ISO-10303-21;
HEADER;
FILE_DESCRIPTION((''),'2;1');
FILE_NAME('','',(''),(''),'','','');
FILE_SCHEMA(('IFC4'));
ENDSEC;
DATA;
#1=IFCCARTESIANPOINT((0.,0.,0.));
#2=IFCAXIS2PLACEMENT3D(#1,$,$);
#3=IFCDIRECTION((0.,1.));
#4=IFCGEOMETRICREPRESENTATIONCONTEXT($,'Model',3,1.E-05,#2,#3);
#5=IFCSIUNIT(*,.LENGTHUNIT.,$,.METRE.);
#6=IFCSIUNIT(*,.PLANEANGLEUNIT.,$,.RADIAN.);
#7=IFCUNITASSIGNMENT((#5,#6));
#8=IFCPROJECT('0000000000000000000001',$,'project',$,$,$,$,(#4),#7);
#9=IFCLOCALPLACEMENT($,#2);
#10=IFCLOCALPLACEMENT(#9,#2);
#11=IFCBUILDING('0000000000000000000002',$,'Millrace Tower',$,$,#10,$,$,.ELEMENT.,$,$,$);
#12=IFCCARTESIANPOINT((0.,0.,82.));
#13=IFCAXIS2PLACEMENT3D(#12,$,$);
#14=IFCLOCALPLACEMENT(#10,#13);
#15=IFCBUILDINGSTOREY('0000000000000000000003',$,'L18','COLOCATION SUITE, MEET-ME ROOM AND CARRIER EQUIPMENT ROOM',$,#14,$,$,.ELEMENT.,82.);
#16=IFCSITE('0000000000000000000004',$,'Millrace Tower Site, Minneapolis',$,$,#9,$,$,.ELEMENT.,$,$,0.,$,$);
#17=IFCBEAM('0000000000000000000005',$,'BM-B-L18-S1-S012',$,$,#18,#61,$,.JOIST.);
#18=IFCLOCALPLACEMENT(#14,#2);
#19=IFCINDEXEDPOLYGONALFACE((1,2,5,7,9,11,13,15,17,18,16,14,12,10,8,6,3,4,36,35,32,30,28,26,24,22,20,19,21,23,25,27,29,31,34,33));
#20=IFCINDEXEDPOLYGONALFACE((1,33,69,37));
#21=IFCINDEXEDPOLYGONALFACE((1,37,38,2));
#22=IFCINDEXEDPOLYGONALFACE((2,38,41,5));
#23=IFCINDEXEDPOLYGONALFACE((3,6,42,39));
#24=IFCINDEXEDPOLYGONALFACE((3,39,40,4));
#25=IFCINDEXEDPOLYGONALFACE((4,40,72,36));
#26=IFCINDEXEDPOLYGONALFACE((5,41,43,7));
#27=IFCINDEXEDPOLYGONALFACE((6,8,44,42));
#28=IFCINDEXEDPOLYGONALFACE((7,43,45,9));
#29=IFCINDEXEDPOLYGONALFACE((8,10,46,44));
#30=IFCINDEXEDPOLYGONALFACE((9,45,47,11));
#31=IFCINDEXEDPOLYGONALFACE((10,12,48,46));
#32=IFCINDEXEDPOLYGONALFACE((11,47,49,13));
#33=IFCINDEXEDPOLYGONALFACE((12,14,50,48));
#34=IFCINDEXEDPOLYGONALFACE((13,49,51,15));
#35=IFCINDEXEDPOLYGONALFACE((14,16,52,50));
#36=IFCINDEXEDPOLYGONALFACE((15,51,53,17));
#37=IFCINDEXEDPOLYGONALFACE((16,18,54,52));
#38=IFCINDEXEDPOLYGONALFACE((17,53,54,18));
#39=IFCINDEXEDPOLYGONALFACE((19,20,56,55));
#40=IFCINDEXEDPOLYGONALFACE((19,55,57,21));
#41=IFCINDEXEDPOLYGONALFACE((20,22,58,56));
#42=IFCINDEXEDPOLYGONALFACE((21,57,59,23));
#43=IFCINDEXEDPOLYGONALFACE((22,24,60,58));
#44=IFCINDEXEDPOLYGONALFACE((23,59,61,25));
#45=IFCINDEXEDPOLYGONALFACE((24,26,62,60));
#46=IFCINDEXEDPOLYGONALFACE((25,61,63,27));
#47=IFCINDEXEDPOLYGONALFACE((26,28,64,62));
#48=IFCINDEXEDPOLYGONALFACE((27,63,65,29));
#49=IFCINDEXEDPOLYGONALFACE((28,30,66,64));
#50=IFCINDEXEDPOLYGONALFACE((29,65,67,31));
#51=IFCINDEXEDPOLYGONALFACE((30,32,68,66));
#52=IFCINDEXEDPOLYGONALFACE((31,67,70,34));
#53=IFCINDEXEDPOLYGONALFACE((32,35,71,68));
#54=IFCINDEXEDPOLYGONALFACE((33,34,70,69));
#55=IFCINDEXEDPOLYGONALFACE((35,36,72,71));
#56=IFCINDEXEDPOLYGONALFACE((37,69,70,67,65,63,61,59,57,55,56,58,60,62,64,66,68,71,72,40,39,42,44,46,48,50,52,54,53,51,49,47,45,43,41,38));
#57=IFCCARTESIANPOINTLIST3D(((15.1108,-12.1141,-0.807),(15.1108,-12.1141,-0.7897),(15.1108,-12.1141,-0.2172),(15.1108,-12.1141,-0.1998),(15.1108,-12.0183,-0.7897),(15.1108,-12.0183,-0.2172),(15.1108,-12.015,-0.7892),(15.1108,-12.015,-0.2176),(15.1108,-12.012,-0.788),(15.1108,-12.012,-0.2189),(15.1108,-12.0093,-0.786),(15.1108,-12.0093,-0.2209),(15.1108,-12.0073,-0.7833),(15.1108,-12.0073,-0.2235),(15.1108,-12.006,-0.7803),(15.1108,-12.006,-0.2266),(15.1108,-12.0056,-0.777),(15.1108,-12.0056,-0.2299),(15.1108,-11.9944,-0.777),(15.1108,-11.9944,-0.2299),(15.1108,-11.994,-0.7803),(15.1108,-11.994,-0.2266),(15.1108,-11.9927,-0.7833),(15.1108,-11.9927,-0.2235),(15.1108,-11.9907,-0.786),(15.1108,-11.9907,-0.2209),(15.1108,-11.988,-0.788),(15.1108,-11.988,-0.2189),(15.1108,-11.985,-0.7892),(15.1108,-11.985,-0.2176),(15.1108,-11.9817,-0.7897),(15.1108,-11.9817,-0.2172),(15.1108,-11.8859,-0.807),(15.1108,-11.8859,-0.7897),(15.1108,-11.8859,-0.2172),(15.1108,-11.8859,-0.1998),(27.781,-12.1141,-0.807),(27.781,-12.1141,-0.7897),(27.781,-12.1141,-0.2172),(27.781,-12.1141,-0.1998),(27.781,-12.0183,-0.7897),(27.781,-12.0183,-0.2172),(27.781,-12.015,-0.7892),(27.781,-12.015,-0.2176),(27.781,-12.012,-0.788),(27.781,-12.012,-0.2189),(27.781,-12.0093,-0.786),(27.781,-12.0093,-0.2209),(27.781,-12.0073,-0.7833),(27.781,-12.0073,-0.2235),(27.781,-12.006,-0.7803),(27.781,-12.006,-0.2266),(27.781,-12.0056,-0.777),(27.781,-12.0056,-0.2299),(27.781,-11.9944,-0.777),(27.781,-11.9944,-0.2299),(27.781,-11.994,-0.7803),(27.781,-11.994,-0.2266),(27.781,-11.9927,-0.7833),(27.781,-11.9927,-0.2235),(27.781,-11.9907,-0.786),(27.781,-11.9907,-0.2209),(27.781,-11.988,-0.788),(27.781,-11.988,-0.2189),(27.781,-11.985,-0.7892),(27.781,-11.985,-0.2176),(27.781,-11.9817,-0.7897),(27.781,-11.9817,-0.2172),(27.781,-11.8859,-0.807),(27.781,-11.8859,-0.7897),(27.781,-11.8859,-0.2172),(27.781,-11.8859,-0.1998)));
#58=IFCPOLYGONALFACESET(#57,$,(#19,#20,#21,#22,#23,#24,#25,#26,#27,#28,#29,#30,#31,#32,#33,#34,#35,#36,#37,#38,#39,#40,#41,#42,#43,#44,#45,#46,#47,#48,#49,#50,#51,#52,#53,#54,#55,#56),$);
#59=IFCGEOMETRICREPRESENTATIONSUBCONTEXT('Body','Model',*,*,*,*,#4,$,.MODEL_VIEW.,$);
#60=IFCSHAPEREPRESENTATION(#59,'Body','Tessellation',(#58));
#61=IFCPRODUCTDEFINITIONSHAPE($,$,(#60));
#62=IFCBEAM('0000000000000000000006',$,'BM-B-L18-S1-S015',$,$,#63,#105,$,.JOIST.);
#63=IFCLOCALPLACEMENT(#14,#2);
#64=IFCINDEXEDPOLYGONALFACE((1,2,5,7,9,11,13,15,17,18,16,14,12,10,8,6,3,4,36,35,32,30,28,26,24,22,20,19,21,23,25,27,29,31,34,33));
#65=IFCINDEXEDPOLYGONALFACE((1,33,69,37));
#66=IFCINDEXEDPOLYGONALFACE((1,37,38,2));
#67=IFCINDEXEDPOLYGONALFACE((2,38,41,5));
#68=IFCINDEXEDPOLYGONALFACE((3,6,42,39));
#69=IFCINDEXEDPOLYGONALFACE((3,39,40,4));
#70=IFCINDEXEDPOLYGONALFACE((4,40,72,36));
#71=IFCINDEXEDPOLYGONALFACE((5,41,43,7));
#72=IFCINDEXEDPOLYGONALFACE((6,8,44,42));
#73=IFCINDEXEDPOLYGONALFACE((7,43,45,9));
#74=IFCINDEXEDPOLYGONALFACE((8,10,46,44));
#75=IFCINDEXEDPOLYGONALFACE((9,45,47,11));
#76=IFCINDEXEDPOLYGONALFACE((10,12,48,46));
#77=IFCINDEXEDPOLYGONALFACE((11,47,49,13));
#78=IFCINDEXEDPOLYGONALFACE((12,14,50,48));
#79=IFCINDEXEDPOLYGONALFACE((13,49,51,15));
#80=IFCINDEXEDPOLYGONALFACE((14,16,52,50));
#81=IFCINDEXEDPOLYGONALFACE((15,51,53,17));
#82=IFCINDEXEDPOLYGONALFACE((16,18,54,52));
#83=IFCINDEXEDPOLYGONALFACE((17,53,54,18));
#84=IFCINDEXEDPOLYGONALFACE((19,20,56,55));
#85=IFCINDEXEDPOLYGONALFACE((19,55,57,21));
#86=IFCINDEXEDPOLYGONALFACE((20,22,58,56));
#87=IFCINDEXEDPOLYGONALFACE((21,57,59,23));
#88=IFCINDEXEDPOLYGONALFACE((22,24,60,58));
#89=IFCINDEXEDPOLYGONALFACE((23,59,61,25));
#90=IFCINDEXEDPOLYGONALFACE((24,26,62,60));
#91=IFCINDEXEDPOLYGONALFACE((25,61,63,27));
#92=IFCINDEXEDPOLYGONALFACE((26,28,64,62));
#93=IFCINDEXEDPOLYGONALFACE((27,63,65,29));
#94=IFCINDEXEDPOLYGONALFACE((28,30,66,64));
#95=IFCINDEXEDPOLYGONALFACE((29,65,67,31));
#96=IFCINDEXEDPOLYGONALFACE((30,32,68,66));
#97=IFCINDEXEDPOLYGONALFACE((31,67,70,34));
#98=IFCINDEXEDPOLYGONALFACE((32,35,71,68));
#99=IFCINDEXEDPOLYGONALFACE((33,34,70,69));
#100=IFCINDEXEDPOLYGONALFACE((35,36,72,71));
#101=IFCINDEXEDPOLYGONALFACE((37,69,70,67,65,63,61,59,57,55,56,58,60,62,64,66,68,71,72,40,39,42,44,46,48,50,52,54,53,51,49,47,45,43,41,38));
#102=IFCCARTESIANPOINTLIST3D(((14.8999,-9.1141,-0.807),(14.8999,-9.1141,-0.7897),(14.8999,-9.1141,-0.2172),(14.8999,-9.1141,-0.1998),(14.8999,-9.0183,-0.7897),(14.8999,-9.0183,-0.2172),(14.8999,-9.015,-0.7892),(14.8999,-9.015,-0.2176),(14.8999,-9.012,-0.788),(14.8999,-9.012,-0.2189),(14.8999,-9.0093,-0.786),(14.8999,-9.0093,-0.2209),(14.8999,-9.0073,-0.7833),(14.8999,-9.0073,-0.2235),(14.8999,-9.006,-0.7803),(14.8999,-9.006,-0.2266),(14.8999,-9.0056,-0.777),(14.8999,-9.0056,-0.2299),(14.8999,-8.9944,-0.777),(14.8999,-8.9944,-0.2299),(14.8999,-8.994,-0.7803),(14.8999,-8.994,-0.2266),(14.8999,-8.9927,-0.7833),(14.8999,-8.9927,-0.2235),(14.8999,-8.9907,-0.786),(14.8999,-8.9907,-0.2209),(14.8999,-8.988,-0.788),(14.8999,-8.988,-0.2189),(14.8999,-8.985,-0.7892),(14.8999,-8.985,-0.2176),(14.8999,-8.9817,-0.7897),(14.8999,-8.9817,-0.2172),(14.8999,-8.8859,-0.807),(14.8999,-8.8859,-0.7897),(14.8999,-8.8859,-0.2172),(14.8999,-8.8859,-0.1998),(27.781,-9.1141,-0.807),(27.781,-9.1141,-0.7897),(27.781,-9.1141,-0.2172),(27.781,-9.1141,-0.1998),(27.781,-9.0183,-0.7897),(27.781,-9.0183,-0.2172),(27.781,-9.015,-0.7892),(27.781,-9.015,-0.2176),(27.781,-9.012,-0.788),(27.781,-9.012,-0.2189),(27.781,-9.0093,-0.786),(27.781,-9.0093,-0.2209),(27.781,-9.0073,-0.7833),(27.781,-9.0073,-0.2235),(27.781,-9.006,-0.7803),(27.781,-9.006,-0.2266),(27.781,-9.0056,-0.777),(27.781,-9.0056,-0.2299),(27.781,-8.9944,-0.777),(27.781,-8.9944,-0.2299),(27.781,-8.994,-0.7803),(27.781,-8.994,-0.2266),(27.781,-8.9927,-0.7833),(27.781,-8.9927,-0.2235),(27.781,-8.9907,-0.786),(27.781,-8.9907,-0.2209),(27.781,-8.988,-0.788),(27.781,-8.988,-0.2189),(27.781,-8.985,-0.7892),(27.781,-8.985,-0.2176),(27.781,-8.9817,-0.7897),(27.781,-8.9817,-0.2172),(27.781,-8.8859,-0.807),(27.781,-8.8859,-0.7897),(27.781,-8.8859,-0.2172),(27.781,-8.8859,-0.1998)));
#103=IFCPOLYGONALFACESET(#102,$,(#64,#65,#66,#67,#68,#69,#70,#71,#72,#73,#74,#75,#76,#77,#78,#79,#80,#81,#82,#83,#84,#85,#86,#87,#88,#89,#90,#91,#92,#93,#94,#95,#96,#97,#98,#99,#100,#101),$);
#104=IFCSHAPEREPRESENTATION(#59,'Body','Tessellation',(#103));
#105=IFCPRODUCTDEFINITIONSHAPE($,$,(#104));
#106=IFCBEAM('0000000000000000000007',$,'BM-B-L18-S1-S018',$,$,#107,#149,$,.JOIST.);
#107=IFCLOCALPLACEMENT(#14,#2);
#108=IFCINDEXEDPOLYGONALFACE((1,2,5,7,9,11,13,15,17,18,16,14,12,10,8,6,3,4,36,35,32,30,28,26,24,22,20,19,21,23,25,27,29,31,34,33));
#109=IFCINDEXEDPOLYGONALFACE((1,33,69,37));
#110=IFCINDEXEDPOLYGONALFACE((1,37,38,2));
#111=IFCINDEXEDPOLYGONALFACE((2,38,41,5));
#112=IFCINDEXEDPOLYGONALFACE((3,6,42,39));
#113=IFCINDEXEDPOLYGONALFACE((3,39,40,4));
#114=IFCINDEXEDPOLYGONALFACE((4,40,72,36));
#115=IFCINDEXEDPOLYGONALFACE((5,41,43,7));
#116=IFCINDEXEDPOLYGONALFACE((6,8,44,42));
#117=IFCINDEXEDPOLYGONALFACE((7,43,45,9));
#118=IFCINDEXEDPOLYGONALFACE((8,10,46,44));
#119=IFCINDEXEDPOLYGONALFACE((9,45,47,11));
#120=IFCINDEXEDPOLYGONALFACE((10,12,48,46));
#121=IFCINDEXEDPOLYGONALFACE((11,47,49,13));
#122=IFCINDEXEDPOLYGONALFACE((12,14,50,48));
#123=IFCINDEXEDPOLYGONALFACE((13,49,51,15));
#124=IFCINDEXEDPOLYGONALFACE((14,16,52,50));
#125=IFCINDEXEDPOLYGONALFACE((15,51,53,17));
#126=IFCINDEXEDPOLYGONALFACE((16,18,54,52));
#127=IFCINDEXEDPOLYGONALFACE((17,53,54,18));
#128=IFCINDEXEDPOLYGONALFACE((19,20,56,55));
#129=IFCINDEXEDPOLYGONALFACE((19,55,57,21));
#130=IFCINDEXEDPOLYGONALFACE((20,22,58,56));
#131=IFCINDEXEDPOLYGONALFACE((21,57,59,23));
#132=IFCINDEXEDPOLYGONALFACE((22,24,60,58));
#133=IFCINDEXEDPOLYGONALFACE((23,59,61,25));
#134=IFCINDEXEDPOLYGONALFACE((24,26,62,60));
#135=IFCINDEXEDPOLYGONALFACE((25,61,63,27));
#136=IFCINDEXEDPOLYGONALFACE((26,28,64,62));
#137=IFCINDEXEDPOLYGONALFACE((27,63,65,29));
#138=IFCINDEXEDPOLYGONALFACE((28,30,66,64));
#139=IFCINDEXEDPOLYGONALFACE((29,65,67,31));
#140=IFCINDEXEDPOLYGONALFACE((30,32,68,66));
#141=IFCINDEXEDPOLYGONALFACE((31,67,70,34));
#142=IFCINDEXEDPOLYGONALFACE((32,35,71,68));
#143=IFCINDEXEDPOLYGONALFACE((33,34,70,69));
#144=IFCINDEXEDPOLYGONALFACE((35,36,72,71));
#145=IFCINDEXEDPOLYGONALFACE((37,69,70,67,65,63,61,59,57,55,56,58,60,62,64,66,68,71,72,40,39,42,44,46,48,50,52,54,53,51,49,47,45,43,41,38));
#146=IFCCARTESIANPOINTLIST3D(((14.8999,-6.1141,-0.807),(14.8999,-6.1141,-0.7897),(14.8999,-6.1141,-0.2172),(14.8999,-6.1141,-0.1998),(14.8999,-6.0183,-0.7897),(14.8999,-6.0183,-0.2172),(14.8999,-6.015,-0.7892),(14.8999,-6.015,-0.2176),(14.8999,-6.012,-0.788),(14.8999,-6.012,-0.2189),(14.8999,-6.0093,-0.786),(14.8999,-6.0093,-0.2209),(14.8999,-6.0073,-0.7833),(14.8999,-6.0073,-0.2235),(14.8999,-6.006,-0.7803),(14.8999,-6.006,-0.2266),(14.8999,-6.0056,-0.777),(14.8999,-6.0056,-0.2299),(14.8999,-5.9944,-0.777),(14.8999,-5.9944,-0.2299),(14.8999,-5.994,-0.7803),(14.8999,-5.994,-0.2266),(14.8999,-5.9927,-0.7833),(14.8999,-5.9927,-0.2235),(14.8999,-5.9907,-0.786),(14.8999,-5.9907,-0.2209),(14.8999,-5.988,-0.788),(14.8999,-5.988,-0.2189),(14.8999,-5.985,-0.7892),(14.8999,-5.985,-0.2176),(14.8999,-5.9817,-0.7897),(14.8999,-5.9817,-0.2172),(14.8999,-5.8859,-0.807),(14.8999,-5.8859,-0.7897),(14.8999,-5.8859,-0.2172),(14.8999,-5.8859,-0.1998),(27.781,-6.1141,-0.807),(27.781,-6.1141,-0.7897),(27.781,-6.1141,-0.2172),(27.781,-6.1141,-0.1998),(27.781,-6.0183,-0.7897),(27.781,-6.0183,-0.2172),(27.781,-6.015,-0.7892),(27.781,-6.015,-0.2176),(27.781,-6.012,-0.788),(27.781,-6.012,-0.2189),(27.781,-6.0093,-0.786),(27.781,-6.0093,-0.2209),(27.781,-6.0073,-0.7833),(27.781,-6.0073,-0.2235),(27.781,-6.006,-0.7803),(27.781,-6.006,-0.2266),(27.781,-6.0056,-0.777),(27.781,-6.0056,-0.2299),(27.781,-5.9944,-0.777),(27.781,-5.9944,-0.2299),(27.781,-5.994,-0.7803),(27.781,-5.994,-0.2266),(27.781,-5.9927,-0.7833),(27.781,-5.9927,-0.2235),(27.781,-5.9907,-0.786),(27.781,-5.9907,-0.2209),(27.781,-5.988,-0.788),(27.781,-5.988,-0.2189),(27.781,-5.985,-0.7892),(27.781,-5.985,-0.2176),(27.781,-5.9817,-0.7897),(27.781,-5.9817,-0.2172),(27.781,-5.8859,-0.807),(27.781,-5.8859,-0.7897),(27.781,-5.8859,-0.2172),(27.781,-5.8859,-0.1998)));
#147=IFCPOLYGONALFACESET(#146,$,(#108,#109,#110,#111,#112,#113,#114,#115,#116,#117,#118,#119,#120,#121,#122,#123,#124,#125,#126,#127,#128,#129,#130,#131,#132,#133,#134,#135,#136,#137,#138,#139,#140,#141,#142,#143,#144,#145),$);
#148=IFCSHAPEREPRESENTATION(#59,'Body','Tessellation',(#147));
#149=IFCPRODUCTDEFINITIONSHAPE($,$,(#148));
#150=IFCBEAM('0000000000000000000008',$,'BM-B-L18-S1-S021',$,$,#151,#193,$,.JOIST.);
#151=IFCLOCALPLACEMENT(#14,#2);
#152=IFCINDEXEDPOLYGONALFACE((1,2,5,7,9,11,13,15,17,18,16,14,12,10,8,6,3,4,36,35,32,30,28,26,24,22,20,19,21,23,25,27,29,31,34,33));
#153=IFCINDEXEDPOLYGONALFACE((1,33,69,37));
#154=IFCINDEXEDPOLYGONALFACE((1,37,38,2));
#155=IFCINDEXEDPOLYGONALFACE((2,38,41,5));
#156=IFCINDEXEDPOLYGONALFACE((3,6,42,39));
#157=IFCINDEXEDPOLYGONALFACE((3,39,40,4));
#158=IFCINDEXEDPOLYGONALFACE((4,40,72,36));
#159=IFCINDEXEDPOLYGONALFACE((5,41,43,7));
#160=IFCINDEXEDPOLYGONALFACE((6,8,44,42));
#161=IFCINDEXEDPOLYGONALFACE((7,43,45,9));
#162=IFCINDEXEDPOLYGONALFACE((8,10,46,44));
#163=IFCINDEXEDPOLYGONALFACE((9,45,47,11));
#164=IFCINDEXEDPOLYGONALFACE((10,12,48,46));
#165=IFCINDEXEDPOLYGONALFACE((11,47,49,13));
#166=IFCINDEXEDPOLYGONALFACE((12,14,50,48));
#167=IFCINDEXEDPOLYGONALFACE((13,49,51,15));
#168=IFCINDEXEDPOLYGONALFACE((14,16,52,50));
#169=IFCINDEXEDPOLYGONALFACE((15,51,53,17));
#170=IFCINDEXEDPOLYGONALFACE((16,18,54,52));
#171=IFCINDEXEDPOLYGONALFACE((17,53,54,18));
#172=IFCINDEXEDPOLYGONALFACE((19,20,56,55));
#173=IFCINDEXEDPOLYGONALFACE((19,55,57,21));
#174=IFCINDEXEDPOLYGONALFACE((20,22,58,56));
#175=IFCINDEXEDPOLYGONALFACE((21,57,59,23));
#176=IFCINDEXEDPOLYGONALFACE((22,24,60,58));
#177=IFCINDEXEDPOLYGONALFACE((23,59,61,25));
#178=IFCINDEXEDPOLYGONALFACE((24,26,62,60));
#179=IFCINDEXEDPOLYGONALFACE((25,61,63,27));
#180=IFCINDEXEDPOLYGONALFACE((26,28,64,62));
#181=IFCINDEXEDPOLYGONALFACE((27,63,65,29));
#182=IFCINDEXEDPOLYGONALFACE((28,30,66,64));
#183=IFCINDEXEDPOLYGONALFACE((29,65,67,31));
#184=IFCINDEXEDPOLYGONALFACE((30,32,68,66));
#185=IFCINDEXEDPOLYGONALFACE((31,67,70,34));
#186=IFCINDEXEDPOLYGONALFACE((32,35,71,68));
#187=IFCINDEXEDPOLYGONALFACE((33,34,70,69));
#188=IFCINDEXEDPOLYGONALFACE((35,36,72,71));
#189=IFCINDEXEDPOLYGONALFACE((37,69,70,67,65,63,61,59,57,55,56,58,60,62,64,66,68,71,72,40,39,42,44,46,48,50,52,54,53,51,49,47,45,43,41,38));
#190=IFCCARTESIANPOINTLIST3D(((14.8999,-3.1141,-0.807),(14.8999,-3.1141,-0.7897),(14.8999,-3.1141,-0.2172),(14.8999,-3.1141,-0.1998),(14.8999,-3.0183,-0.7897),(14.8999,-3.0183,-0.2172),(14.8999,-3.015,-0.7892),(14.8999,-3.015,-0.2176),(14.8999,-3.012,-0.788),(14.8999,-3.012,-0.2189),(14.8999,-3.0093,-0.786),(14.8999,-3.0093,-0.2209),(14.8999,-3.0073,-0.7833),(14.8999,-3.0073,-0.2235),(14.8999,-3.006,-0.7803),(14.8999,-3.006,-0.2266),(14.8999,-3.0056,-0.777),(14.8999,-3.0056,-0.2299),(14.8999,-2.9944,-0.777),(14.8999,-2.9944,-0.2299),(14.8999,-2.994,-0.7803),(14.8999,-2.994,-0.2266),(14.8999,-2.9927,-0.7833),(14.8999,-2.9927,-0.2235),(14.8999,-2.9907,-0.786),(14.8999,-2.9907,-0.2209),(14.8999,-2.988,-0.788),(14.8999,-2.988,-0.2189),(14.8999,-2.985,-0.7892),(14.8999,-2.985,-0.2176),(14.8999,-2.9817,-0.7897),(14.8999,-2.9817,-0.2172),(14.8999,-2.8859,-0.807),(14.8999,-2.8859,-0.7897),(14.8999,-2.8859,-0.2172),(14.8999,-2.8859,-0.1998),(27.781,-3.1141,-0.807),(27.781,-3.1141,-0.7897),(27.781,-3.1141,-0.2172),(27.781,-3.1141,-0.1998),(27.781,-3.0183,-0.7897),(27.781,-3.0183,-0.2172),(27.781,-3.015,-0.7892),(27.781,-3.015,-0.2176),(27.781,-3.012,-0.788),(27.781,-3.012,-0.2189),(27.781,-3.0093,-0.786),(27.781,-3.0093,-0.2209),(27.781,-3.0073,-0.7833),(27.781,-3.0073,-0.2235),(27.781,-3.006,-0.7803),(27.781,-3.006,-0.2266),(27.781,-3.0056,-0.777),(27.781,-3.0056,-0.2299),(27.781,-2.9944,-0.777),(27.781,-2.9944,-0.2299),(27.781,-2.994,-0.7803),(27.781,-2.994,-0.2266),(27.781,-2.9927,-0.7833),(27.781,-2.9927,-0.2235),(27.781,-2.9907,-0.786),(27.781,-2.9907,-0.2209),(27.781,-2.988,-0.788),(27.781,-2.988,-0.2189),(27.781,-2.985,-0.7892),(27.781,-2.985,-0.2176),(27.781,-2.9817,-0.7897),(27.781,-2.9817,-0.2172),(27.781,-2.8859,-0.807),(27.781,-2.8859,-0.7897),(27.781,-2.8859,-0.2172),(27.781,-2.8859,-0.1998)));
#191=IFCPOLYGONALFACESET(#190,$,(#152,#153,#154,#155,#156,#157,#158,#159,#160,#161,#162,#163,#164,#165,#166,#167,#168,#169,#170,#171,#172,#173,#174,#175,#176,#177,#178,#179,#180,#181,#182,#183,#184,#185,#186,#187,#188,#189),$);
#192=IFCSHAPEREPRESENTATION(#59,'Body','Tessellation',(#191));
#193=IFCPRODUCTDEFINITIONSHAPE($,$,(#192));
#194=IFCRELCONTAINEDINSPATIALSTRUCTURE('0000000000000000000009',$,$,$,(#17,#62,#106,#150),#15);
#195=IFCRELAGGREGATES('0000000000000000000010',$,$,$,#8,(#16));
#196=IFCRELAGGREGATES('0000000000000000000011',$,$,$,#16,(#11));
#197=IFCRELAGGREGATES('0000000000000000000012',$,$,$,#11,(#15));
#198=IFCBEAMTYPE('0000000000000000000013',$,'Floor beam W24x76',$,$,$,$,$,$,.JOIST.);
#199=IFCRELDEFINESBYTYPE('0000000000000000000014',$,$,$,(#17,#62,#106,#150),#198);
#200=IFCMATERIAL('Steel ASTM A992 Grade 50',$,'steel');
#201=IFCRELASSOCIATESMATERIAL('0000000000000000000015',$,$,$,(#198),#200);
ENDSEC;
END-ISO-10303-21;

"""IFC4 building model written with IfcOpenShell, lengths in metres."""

from ifc_helpers import new_model, si_unit, direction, frame, origin, origin_2d, place, context, subcontext, project, spatial, i_section, extrude, material, material_profile, profile_set, type_object, element, save


model = new_model("IFC4")

# Units and contexts
model_context = context("Model", 3, precision=1e-05, world=origin(), true_north=direction((0.0, 1.0)))
body_context = subcontext(model_context, "Body", "Model", "MODEL_VIEW")
ifc_project = project(units=[si_unit("LENGTHUNIT", "METRE"), si_unit("PLANEANGLEUNIT", "RADIAN")], contexts=[model_context])

# Site, building, storey
site_placement = place(None, origin())
site = spatial("IfcSite", under=ifc_project, at=site_placement, Name="Millrace Tower Site, Minneapolis", CompositionType="ELEMENT", RefElevation=0.0)
building_placement = place(site_placement, origin())
building = spatial("IfcBuilding", under=site, at=building_placement, Name="Millrace Tower", CompositionType="ELEMENT")
storey_placement = place(building_placement, frame((0.0, 0.0, 82.0)))
storey = spatial("IfcBuildingStorey", under=building, at=storey_placement, Name="L18", Description="COLOCATION SUITE, MEET-ME ROOM AND CARRIER EQUIPMENT ROOM", CompositionType="ELEMENT", Elevation=82.0)

# Beams
ifc_material_1 = material(Name="Steel ASTM A992 Grade 50", Category="steel")
ifc_material_profile_1 = material_profile(ifc_material_1, i_section(OverallWidth=0.2283, OverallDepth=0.6072, WebThickness=0.0112, FlangeThickness=0.0173, FilletRadius=0.0127, at=origin_2d()))
ifc_profile_set_1 = profile_set([ifc_material_profile_1], Name="Steel ASTM A992 Grade 50")
beam_type_1 = type_object("IfcBeamType", Name="Floor beam W24x76", PredefinedType="JOIST", material=ifc_profile_set_1)
for number, where, z_axis, x_axis, name in (
    (1, (15.1108, -12.0, -0.5034), (1.0, 0.0, 0.0), (0.0, 1.0, 0.0), "BM-B-L18-S1-S012"),
):
    element("IfcBeam", number, at=place(storey_placement, frame(where, z_axis=z_axis, x_axis=x_axis)), inside=storey, type_object=beam_type_1, Name=name, PredefinedType="JOIST", context=body_context, shape_type="SweptSolid", body=[
        extrude(i_section(OverallWidth=0.2283, OverallDepth=0.6072, WebThickness=0.0112, FlangeThickness=0.0173, FilletRadius=0.0127, at=origin_2d()), origin(), (0.0, 0.0, 1.0), 12.6702),
    ])
for number, where, z_axis, x_axis, name in (
    (2, (14.8999, -9.0, -0.5034), (1.0, 0.0, 0.0), (0.0, 1.0, 0.0), "BM-B-L18-S1-S015"),
    (3, (14.8999, -6.0, -0.5034), (1.0, 0.0, 0.0), (0.0, 1.0, 0.0), "BM-B-L18-S1-S018"),
    (4, (14.8999, -3.0, -0.5034), (1.0, 0.0, 0.0), (0.0, 1.0, 0.0), "BM-B-L18-S1-S021"),
):
    element("IfcBeam", number, at=place(storey_placement, frame(where, z_axis=z_axis, x_axis=x_axis)), inside=storey, type_object=beam_type_1, Name=name, PredefinedType="JOIST", context=body_context, shape_type="SweptSolid", body=[
        extrude(i_section(OverallWidth=0.2283, OverallDepth=0.6072, WebThickness=0.0112, FlangeThickness=0.0173, FilletRadius=0.0127, at=origin_2d()), origin(), (0.0, 0.0, 1.0), 12.8811),
    ])

save(model, "model.ifc")
